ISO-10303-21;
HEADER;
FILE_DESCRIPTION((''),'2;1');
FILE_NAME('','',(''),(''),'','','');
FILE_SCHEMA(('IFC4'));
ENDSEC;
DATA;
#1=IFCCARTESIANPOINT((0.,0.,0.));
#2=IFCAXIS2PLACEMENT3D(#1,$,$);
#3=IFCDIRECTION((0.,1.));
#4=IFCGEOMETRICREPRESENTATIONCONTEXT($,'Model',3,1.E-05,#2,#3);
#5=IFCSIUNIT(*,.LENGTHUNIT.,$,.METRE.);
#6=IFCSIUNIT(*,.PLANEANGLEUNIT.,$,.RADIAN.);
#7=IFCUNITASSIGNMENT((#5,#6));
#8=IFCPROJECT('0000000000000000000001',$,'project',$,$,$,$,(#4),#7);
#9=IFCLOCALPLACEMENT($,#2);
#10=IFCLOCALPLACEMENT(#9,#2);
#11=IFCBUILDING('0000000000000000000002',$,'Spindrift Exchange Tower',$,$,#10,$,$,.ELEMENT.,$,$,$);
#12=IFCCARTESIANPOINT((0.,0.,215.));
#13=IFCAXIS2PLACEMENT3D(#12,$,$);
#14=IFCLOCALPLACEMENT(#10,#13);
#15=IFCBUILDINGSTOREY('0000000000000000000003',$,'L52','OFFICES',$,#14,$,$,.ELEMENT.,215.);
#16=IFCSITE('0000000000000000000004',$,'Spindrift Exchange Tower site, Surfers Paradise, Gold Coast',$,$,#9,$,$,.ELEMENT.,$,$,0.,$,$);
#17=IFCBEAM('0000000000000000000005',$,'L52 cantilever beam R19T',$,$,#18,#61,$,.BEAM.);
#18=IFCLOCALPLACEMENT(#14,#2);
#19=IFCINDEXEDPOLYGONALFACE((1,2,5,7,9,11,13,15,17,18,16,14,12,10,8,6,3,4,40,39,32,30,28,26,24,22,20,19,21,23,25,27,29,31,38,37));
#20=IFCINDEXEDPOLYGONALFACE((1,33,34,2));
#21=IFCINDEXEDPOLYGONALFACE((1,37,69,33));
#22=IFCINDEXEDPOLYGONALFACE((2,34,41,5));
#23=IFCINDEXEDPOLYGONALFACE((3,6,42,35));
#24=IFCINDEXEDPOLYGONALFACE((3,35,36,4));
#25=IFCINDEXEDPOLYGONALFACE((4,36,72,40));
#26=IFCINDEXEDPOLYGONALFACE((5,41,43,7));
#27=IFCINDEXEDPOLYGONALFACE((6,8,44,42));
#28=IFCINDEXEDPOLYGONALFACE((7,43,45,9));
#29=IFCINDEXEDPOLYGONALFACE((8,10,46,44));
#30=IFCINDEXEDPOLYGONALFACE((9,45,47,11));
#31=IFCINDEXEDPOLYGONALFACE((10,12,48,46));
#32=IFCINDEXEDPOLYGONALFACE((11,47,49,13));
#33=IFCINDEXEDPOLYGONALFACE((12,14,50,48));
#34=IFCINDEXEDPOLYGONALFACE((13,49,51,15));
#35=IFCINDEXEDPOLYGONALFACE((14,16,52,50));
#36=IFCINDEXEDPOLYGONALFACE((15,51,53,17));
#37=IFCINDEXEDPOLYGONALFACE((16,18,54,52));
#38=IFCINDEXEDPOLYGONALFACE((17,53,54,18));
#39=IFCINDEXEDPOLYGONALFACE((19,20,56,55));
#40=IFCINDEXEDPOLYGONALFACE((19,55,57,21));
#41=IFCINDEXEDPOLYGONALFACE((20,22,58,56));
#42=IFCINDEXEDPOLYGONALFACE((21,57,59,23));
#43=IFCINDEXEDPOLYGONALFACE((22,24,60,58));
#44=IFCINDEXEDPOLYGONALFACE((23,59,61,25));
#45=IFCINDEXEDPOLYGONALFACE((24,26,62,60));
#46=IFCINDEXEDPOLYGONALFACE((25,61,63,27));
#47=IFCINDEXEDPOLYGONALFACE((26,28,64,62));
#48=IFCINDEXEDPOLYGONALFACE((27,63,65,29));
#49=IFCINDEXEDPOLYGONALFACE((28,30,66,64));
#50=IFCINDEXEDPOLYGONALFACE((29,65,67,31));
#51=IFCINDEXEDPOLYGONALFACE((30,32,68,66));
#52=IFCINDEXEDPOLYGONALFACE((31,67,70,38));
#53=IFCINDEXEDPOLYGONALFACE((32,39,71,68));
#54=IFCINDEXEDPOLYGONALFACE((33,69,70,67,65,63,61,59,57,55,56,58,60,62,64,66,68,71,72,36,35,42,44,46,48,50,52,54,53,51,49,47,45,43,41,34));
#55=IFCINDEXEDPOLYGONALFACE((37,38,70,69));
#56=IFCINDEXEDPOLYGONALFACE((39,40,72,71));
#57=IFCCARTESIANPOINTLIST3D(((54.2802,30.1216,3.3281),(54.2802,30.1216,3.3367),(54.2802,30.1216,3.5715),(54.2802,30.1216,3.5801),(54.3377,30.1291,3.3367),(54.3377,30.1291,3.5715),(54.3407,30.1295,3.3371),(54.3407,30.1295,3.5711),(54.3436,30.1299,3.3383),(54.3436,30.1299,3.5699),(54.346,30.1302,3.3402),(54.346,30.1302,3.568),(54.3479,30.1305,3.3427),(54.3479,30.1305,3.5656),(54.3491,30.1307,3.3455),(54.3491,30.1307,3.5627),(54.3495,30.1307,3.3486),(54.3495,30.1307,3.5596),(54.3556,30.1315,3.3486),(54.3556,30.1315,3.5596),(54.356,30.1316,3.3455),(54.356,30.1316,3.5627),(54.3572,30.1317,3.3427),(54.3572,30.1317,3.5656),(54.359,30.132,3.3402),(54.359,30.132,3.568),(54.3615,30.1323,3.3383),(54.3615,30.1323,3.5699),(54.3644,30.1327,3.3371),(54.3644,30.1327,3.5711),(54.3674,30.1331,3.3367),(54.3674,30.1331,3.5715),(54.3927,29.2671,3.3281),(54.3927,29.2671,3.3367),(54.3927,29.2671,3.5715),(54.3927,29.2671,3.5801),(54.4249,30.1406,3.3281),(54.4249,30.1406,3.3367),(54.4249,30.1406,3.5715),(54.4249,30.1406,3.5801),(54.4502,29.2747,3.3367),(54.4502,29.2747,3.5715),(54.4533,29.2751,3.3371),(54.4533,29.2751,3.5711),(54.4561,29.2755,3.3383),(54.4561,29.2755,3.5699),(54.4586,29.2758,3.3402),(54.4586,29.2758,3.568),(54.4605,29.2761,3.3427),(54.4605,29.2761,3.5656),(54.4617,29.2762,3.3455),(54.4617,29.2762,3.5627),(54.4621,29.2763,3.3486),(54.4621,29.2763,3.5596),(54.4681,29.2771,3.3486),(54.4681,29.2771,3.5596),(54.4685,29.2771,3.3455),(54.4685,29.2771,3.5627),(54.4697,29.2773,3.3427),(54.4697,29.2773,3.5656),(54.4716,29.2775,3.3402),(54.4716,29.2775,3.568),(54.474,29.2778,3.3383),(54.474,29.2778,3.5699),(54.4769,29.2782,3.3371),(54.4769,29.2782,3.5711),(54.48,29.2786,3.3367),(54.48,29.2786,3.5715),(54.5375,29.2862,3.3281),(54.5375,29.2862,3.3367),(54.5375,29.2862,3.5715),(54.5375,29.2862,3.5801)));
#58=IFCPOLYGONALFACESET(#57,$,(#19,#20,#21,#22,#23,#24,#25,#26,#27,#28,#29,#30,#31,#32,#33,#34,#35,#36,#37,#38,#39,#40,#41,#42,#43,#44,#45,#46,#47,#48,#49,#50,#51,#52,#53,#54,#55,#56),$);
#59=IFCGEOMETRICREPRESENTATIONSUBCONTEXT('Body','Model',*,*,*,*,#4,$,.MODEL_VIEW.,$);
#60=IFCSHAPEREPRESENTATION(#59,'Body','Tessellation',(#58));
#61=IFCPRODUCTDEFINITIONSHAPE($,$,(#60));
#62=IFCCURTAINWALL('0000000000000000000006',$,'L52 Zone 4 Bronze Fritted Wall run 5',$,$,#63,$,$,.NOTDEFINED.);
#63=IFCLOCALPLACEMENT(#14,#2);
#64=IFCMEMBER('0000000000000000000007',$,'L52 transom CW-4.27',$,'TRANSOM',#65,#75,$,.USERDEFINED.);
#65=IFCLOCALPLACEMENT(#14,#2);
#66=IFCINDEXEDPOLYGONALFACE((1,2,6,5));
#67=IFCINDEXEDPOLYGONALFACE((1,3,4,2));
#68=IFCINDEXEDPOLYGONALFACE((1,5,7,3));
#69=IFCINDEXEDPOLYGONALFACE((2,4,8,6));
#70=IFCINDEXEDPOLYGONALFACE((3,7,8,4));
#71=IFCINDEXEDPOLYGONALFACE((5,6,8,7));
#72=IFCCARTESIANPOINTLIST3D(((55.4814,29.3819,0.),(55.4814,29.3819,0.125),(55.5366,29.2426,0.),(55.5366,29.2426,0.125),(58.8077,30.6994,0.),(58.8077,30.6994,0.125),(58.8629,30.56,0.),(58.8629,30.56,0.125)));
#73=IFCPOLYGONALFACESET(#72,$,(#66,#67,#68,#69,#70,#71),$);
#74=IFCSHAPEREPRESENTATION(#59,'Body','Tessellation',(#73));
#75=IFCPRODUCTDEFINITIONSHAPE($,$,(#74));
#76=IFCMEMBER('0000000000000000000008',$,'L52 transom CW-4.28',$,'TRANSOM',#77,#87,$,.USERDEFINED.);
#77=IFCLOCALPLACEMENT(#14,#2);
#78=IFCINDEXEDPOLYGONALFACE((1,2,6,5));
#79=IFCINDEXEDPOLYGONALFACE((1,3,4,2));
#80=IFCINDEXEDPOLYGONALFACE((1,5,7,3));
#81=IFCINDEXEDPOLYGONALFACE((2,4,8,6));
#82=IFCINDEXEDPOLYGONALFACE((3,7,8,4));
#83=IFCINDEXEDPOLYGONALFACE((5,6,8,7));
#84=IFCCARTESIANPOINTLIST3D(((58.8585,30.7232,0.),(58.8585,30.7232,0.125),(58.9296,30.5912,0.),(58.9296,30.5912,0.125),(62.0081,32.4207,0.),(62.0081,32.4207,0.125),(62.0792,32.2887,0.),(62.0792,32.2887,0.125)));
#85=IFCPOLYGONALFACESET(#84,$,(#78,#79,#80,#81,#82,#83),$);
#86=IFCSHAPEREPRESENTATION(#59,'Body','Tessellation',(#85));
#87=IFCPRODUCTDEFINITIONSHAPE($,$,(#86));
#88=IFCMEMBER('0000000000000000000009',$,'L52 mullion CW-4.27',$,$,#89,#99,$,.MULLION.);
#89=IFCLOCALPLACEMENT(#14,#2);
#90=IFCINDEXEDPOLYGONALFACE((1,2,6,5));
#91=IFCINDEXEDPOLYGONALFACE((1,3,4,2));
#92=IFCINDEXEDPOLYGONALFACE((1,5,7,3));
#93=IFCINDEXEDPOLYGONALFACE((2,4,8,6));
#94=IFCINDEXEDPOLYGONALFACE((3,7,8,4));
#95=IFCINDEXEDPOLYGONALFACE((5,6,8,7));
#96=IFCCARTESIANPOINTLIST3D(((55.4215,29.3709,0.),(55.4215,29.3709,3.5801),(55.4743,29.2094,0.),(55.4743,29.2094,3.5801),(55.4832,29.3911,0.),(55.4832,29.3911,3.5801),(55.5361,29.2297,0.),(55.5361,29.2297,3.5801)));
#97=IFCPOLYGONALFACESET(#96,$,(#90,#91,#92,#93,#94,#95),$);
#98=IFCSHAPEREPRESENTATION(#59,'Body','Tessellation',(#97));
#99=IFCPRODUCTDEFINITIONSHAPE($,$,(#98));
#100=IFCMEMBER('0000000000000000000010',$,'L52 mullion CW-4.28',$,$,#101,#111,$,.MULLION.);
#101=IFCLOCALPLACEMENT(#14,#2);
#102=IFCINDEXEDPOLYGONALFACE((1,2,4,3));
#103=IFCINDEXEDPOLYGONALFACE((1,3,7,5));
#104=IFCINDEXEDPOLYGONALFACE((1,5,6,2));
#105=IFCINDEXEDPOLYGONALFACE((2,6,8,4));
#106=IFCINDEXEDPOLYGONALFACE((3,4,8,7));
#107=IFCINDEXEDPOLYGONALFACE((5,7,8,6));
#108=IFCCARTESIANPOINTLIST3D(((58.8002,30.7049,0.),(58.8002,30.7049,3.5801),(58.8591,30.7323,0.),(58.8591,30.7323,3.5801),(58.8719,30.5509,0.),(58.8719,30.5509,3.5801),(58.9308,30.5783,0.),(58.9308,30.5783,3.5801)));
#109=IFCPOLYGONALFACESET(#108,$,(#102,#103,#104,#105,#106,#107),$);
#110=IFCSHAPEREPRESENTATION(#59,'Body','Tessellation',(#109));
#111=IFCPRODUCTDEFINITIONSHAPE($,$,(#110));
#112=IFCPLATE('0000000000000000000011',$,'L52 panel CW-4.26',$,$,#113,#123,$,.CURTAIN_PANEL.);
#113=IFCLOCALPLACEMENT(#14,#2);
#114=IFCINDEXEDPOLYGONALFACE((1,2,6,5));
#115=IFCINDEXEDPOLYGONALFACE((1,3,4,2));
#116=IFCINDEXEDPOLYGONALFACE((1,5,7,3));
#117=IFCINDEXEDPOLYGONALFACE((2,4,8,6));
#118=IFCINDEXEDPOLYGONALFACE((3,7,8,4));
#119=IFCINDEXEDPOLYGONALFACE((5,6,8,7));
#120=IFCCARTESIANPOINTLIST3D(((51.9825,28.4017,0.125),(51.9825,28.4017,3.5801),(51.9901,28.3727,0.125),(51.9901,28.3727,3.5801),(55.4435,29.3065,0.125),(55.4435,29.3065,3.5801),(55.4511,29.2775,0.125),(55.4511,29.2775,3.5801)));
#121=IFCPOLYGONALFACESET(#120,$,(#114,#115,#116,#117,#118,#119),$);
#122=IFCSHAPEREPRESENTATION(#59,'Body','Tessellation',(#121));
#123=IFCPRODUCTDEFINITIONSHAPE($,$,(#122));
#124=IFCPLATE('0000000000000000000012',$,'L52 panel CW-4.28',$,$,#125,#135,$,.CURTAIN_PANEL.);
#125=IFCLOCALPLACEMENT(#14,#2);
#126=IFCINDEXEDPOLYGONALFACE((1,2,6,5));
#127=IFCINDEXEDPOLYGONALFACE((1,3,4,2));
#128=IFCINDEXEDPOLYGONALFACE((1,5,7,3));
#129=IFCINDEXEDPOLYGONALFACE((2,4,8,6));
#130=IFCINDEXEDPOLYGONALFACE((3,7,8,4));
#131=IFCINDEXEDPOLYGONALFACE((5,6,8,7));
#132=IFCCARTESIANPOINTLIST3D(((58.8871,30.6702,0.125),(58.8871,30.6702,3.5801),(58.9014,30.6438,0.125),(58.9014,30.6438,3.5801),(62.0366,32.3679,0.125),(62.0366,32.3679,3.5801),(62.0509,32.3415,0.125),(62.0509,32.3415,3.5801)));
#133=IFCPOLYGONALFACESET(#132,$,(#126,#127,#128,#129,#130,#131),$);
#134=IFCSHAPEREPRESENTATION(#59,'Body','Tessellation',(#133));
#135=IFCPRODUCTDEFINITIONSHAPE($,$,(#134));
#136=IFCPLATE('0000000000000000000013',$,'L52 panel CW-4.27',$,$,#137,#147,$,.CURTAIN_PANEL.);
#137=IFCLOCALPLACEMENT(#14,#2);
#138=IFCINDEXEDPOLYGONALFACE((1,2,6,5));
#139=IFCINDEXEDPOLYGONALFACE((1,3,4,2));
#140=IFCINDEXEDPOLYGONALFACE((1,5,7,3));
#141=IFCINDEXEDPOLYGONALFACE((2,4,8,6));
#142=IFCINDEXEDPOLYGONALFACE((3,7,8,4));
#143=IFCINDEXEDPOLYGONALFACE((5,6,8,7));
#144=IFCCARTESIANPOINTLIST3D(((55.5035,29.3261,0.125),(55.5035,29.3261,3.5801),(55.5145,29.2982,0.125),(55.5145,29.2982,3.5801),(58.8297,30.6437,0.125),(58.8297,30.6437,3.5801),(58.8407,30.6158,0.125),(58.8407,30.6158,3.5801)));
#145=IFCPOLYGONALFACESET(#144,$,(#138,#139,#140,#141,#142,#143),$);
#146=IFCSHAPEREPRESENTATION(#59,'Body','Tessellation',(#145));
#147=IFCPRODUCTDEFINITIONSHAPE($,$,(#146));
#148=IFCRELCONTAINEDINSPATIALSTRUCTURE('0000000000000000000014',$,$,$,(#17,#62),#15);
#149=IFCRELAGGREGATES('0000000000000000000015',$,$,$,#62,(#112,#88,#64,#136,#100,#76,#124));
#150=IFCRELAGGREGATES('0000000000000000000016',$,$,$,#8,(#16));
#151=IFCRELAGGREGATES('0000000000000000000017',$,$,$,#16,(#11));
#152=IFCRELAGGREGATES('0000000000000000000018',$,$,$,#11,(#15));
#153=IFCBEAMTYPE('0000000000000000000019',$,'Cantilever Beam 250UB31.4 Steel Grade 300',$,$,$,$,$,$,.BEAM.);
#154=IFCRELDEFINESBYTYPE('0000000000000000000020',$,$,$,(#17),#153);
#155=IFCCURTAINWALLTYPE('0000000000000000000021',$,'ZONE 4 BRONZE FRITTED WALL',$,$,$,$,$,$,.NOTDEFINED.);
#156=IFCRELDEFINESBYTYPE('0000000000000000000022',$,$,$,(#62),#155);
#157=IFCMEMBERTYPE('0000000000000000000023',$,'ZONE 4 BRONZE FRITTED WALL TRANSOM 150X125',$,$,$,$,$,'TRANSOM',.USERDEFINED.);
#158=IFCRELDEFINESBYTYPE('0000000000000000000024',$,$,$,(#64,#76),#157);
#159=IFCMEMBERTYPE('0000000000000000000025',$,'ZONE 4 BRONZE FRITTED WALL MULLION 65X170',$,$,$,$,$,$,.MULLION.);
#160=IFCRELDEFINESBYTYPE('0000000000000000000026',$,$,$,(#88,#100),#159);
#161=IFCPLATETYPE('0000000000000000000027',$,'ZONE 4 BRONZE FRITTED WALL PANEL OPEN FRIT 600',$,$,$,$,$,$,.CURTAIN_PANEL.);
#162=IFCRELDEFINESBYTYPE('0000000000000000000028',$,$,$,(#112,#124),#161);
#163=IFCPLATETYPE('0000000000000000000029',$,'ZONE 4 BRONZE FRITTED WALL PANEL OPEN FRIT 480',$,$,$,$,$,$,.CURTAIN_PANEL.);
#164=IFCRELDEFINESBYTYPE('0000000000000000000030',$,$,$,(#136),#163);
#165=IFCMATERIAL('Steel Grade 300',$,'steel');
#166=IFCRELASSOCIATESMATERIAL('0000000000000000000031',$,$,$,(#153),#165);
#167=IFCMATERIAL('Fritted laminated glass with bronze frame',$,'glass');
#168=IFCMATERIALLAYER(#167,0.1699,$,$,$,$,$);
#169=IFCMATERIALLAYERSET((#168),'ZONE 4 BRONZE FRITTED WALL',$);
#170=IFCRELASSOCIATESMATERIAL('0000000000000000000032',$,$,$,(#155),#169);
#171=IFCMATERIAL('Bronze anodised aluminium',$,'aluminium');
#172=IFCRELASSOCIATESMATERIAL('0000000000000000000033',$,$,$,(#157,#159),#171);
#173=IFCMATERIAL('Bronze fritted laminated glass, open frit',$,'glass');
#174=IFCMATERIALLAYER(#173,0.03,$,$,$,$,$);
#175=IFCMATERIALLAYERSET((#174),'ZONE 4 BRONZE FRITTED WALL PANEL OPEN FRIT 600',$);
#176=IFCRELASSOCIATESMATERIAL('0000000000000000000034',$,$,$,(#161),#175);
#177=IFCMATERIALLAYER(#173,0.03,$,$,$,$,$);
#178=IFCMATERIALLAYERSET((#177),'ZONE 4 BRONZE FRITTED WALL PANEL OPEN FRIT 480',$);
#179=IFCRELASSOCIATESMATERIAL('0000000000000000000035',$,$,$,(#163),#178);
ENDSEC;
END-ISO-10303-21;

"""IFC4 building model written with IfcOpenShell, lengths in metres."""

from ifc_helpers import new_model, si_unit, direction, frame, origin, origin_2d, place, context, subcontext, project, spatial, rectangle, i_section, extrude, source, transform, mapped, material, layer, layer_set, material_profile, profile_set, type_object, element, aggregate, save


model = new_model("IFC4")

# Units and contexts
model_context = context("Model", 3, precision=1e-05, world=origin(), true_north=direction((0.0, 1.0)))
body_context = subcontext(model_context, "Body", "Model", "MODEL_VIEW")
ifc_project = project(units=[si_unit("LENGTHUNIT", "METRE"), si_unit("PLANEANGLEUNIT", "RADIAN")], contexts=[model_context])

# Site, building, storey
site_placement = place(None, origin())
site = spatial("IfcSite", under=ifc_project, at=site_placement, Name="Spindrift Exchange Tower site, Surfers Paradise, Gold Coast", CompositionType="ELEMENT", RefElevation=0.0)
building_placement = place(site_placement, origin())
building = spatial("IfcBuilding", under=site, at=building_placement, Name="Spindrift Exchange Tower", CompositionType="ELEMENT")
storey_placement = place(building_placement, frame((0.0, 0.0, 215.0)))
storey = spatial("IfcBuildingStorey", under=building, at=storey_placement, Name="L52", Description="OFFICES", CompositionType="ELEMENT", Elevation=215.0)

# Beam
ifc_material_1 = material(Name="Steel Grade 300", Category="steel")
ifc_material_profile_1 = material_profile(ifc_material_1, i_section(OverallWidth=0.146, OverallDepth=0.252, WebThickness=0.0061, FlangeThickness=0.0085, FilletRadius=0.012, at=origin_2d()), Name="250UB31.4")
ifc_profile_set_1 = profile_set([ifc_material_profile_1], Name="Steel Grade 300")
beam_type_1 = type_object("IfcBeamType", Name="Cantilever Beam 250UB31.4 Steel Grade 300", PredefinedType="BEAM", material=ifc_profile_set_1)
shared_shape_1 = source(origin(), body_context, "Body", "SweptSolid", [
    extrude(i_section(OverallWidth=0.146, OverallDepth=0.252, WebThickness=0.0061, FlangeThickness=0.0085, FilletRadius=0.012, at=origin_2d()), origin(), (0.0, 0.0, 1.0), 0.8618),
])
beam_1_placement = place(storey_placement, frame((54.3525, 30.1311, 3.4541), z_axis=(0.130586, -0.991437, 0.0), x_axis=(0.991437, 0.130586, 0.0)))
element("IfcBeam", 1, at=beam_1_placement, inside=storey, type_object=beam_type_1, Name="L52 cantilever beam R19T", PredefinedType="BEAM", context=body_context, shape_type="MappedRepresentation", body=[
    mapped(shared_shape_1, transform((0.0, 0.0, 0.0), scale=1.0)),
])

# Curtain wall, members, plates
ifc_material_2 = material(Name="Fritted laminated glass with bronze frame", Category="glass")
ifc_layer_1 = layer(ifc_material_2, 0.1699)
ifc_layer_set_1 = layer_set([ifc_layer_1], Name="ZONE 4 BRONZE FRITTED WALL")
curtain_wall_type = type_object("IfcCurtainWallType", Name="ZONE 4 BRONZE FRITTED WALL", PredefinedType="NOTDEFINED", material=ifc_layer_set_1)
curtain_wall_placement = place(storey_placement, origin())
curtain_wall = element("IfcCurtainWall", 2, at=curtain_wall_placement, inside=storey, type_object=curtain_wall_type, Name="L52 Zone 4 Bronze Fritted Wall run 5", PredefinedType="NOTDEFINED")
ifc_material_3 = material(Name="Bronze anodised aluminium", Category="aluminium")
ifc_material_profile_2 = material_profile(ifc_material_3, rectangle(XDim=0.1499, YDim=0.125, at=origin_2d()), Name="ZONE 4 BRONZE FRITTED WALL TRANSOM 150X125")
ifc_profile_set_2 = profile_set([ifc_material_profile_2], Name="Bronze anodised aluminium")
member_type_1 = type_object("IfcMemberType", Name="ZONE 4 BRONZE FRITTED WALL TRANSOM 150X125", ElementType="TRANSOM", PredefinedType="USERDEFINED", material=ifc_profile_set_2)
shared_shape_2 = source(origin(), body_context, "Body", "SweptSolid", [
    extrude(rectangle(XDim=0.1499, YDim=0.125, at=origin_2d()), origin(), (0.0, 0.0, 1.0), 3.5776),
])
member_1_placement = place(storey_placement, frame((55.509, 29.3123, 0.0625), z_axis=(0.929733, 0.368235, 0.0), x_axis=(-0.368235, 0.929733, 0.0)))
member_1 = element("IfcMember", 3, at=member_1_placement, type_object=member_type_1, Name="L52 transom CW-4.27", ObjectType="TRANSOM", PredefinedType="USERDEFINED", context=body_context, shape_type="MappedRepresentation", body=[
    mapped(shared_shape_2, transform((0.0, 0.0, 0.0), scale=1.0)),
])
shared_shape_3 = source(origin(), body_context, "Body", "SweptSolid", [
    extrude(rectangle(XDim=0.1499, YDim=0.125, at=origin_2d()), origin(), (0.0, 0.0, 1.0), 3.5779),
])
member_2_placement = place(storey_placement, frame((58.894, 30.6572, 0.0625), z_axis=(0.880291, 0.474433, 0.0), x_axis=(-0.474433, 0.880291, 0.0)))
member_2 = element("IfcMember", 4, at=member_2_placement, type_object=member_type_1, Name="L52 transom CW-4.28", ObjectType="TRANSOM", PredefinedType="USERDEFINED", context=body_context, shape_type="MappedRepresentation", body=[
    mapped(shared_shape_3, transform((0.0, 0.0, 0.0), scale=1.0)),
])
ifc_material_profile_3 = material_profile(ifc_material_3, rectangle(XDim=0.0649, YDim=0.1699, at=origin_2d()), Name="ZONE 4 BRONZE FRITTED WALL MULLION 65X170")
ifc_profile_set_3 = profile_set([ifc_material_profile_3], Name="Bronze anodised aluminium")
member_type_2 = type_object("IfcMemberType", Name="ZONE 4 BRONZE FRITTED WALL MULLION 65X170", PredefinedType="MULLION", material=ifc_profile_set_3)
shared_shape_4 = source(origin(), body_context, "Body", "SweptSolid", [
    extrude(rectangle(XDim=0.0649, YDim=0.1699, at=origin_2d()), origin(), (0.0, 0.0, 1.0), 3.5801),
])
member_3_placement = place(storey_placement, frame((55.4788, 29.3003, 0.0), z_axis=(0.0, 0.0, 1.0), x_axis=(0.950354, 0.311172, 0.0)))
member_3 = element("IfcMember", 5, at=member_3_placement, type_object=member_type_2, Name="L52 mullion CW-4.27", PredefinedType="MULLION", context=body_context, shape_type="MappedRepresentation", body=[
    mapped(shared_shape_4, transform((0.0, 0.0, 0.0), scale=1.0)),
])
member_4_placement = place(storey_placement, frame((58.8655, 30.6416, 0.0), z_axis=(0.0, 0.0, 1.0), x_axis=(0.906548, 0.422103, 0.0)))
member_4 = element("IfcMember", 6, at=member_4_placement, type_object=member_type_2, Name="L52 mullion CW-4.28", PredefinedType="MULLION", context=body_context, shape_type="MappedRepresentation", body=[
    mapped(shared_shape_4, transform((0.0, 0.0, 0.0), scale=1.0)),
])
ifc_material_4 = material(Name="Bronze fritted laminated glass, open frit", Category="glass")
ifc_layer_2 = layer(ifc_material_4, 0.03)
ifc_layer_set_2 = layer_set([ifc_layer_2], Name="ZONE 4 BRONZE FRITTED WALL PANEL OPEN FRIT 600")
plate_type_1 = type_object("IfcPlateType", Name="ZONE 4 BRONZE FRITTED WALL PANEL OPEN FRIT 600", PredefinedType="CURTAIN_PANEL", material=ifc_layer_set_2)
shared_shape_5 = source(origin(), body_context, "Body", "SweptSolid", [
    extrude(rectangle(XDim=3.5774, YDim=0.03, at=origin_2d()), origin(), (0.0, 0.0, 1.0), 3.4551),
])
plate_1_placement = place(storey_placement, frame((53.7168, 28.8396, 0.125), z_axis=(0.0, 0.0, 1.0), x_axis=(0.967485, 0.252929, 0.0)))
plate_1 = element("IfcPlate", 7, at=plate_1_placement, type_object=plate_type_1, Name="L52 panel CW-4.26", PredefinedType="CURTAIN_PANEL", context=body_context, shape_type="MappedRepresentation", body=[
    mapped(shared_shape_5, transform((0.0, 0.0, 0.0), scale=1.0)),
])
shared_shape_6 = source(origin(), body_context, "Body", "SweptSolid", [
    extrude(rectangle(XDim=3.5779, YDim=0.03, at=origin_2d()), origin(), (0.0, 0.0, 1.0), 3.4551),
])
plate_2_placement = place(storey_placement, frame((60.469, 31.5059, 0.125), z_axis=(0.0, 0.0, 1.0), x_axis=(0.880263, 0.474486, 0.0)))
plate_2 = element("IfcPlate", 8, at=plate_2_placement, type_object=plate_type_1, Name="L52 panel CW-4.28", PredefinedType="CURTAIN_PANEL", context=body_context, shape_type="MappedRepresentation", body=[
    mapped(shared_shape_6, transform((0.0, 0.0, 0.0), scale=1.0)),
])
ifc_layer_3 = layer(ifc_material_4, 0.03)
ifc_layer_set_3 = layer_set([ifc_layer_3], Name="ZONE 4 BRONZE FRITTED WALL PANEL OPEN FRIT 480")
plate_type_2 = type_object("IfcPlateType", Name="ZONE 4 BRONZE FRITTED WALL PANEL OPEN FRIT 480", PredefinedType="CURTAIN_PANEL", material=ifc_layer_set_3)
shared_shape_7 = source(origin(), body_context, "Body", "SweptSolid", [
    extrude(rectangle(XDim=3.5776, YDim=0.03, at=origin_2d()), origin(), (0.0, 0.0, 1.0), 3.4551),
])
plate_3_placement = place(storey_placement, frame((57.1721, 29.9709, 0.125), z_axis=(0.0, 0.0, 1.0), x_axis=(0.929719, 0.368269, 0.0)))
plate_3 = element("IfcPlate", 9, at=plate_3_placement, type_object=plate_type_2, Name="L52 panel CW-4.27", PredefinedType="CURTAIN_PANEL", context=body_context, shape_type="MappedRepresentation", body=[
    mapped(shared_shape_7, transform((0.0, 0.0, 0.0), scale=1.0)),
])
aggregate(curtain_wall, [plate_1, member_3, member_1, plate_3, member_4, member_2, plate_2])

save(model, "model.ifc")
